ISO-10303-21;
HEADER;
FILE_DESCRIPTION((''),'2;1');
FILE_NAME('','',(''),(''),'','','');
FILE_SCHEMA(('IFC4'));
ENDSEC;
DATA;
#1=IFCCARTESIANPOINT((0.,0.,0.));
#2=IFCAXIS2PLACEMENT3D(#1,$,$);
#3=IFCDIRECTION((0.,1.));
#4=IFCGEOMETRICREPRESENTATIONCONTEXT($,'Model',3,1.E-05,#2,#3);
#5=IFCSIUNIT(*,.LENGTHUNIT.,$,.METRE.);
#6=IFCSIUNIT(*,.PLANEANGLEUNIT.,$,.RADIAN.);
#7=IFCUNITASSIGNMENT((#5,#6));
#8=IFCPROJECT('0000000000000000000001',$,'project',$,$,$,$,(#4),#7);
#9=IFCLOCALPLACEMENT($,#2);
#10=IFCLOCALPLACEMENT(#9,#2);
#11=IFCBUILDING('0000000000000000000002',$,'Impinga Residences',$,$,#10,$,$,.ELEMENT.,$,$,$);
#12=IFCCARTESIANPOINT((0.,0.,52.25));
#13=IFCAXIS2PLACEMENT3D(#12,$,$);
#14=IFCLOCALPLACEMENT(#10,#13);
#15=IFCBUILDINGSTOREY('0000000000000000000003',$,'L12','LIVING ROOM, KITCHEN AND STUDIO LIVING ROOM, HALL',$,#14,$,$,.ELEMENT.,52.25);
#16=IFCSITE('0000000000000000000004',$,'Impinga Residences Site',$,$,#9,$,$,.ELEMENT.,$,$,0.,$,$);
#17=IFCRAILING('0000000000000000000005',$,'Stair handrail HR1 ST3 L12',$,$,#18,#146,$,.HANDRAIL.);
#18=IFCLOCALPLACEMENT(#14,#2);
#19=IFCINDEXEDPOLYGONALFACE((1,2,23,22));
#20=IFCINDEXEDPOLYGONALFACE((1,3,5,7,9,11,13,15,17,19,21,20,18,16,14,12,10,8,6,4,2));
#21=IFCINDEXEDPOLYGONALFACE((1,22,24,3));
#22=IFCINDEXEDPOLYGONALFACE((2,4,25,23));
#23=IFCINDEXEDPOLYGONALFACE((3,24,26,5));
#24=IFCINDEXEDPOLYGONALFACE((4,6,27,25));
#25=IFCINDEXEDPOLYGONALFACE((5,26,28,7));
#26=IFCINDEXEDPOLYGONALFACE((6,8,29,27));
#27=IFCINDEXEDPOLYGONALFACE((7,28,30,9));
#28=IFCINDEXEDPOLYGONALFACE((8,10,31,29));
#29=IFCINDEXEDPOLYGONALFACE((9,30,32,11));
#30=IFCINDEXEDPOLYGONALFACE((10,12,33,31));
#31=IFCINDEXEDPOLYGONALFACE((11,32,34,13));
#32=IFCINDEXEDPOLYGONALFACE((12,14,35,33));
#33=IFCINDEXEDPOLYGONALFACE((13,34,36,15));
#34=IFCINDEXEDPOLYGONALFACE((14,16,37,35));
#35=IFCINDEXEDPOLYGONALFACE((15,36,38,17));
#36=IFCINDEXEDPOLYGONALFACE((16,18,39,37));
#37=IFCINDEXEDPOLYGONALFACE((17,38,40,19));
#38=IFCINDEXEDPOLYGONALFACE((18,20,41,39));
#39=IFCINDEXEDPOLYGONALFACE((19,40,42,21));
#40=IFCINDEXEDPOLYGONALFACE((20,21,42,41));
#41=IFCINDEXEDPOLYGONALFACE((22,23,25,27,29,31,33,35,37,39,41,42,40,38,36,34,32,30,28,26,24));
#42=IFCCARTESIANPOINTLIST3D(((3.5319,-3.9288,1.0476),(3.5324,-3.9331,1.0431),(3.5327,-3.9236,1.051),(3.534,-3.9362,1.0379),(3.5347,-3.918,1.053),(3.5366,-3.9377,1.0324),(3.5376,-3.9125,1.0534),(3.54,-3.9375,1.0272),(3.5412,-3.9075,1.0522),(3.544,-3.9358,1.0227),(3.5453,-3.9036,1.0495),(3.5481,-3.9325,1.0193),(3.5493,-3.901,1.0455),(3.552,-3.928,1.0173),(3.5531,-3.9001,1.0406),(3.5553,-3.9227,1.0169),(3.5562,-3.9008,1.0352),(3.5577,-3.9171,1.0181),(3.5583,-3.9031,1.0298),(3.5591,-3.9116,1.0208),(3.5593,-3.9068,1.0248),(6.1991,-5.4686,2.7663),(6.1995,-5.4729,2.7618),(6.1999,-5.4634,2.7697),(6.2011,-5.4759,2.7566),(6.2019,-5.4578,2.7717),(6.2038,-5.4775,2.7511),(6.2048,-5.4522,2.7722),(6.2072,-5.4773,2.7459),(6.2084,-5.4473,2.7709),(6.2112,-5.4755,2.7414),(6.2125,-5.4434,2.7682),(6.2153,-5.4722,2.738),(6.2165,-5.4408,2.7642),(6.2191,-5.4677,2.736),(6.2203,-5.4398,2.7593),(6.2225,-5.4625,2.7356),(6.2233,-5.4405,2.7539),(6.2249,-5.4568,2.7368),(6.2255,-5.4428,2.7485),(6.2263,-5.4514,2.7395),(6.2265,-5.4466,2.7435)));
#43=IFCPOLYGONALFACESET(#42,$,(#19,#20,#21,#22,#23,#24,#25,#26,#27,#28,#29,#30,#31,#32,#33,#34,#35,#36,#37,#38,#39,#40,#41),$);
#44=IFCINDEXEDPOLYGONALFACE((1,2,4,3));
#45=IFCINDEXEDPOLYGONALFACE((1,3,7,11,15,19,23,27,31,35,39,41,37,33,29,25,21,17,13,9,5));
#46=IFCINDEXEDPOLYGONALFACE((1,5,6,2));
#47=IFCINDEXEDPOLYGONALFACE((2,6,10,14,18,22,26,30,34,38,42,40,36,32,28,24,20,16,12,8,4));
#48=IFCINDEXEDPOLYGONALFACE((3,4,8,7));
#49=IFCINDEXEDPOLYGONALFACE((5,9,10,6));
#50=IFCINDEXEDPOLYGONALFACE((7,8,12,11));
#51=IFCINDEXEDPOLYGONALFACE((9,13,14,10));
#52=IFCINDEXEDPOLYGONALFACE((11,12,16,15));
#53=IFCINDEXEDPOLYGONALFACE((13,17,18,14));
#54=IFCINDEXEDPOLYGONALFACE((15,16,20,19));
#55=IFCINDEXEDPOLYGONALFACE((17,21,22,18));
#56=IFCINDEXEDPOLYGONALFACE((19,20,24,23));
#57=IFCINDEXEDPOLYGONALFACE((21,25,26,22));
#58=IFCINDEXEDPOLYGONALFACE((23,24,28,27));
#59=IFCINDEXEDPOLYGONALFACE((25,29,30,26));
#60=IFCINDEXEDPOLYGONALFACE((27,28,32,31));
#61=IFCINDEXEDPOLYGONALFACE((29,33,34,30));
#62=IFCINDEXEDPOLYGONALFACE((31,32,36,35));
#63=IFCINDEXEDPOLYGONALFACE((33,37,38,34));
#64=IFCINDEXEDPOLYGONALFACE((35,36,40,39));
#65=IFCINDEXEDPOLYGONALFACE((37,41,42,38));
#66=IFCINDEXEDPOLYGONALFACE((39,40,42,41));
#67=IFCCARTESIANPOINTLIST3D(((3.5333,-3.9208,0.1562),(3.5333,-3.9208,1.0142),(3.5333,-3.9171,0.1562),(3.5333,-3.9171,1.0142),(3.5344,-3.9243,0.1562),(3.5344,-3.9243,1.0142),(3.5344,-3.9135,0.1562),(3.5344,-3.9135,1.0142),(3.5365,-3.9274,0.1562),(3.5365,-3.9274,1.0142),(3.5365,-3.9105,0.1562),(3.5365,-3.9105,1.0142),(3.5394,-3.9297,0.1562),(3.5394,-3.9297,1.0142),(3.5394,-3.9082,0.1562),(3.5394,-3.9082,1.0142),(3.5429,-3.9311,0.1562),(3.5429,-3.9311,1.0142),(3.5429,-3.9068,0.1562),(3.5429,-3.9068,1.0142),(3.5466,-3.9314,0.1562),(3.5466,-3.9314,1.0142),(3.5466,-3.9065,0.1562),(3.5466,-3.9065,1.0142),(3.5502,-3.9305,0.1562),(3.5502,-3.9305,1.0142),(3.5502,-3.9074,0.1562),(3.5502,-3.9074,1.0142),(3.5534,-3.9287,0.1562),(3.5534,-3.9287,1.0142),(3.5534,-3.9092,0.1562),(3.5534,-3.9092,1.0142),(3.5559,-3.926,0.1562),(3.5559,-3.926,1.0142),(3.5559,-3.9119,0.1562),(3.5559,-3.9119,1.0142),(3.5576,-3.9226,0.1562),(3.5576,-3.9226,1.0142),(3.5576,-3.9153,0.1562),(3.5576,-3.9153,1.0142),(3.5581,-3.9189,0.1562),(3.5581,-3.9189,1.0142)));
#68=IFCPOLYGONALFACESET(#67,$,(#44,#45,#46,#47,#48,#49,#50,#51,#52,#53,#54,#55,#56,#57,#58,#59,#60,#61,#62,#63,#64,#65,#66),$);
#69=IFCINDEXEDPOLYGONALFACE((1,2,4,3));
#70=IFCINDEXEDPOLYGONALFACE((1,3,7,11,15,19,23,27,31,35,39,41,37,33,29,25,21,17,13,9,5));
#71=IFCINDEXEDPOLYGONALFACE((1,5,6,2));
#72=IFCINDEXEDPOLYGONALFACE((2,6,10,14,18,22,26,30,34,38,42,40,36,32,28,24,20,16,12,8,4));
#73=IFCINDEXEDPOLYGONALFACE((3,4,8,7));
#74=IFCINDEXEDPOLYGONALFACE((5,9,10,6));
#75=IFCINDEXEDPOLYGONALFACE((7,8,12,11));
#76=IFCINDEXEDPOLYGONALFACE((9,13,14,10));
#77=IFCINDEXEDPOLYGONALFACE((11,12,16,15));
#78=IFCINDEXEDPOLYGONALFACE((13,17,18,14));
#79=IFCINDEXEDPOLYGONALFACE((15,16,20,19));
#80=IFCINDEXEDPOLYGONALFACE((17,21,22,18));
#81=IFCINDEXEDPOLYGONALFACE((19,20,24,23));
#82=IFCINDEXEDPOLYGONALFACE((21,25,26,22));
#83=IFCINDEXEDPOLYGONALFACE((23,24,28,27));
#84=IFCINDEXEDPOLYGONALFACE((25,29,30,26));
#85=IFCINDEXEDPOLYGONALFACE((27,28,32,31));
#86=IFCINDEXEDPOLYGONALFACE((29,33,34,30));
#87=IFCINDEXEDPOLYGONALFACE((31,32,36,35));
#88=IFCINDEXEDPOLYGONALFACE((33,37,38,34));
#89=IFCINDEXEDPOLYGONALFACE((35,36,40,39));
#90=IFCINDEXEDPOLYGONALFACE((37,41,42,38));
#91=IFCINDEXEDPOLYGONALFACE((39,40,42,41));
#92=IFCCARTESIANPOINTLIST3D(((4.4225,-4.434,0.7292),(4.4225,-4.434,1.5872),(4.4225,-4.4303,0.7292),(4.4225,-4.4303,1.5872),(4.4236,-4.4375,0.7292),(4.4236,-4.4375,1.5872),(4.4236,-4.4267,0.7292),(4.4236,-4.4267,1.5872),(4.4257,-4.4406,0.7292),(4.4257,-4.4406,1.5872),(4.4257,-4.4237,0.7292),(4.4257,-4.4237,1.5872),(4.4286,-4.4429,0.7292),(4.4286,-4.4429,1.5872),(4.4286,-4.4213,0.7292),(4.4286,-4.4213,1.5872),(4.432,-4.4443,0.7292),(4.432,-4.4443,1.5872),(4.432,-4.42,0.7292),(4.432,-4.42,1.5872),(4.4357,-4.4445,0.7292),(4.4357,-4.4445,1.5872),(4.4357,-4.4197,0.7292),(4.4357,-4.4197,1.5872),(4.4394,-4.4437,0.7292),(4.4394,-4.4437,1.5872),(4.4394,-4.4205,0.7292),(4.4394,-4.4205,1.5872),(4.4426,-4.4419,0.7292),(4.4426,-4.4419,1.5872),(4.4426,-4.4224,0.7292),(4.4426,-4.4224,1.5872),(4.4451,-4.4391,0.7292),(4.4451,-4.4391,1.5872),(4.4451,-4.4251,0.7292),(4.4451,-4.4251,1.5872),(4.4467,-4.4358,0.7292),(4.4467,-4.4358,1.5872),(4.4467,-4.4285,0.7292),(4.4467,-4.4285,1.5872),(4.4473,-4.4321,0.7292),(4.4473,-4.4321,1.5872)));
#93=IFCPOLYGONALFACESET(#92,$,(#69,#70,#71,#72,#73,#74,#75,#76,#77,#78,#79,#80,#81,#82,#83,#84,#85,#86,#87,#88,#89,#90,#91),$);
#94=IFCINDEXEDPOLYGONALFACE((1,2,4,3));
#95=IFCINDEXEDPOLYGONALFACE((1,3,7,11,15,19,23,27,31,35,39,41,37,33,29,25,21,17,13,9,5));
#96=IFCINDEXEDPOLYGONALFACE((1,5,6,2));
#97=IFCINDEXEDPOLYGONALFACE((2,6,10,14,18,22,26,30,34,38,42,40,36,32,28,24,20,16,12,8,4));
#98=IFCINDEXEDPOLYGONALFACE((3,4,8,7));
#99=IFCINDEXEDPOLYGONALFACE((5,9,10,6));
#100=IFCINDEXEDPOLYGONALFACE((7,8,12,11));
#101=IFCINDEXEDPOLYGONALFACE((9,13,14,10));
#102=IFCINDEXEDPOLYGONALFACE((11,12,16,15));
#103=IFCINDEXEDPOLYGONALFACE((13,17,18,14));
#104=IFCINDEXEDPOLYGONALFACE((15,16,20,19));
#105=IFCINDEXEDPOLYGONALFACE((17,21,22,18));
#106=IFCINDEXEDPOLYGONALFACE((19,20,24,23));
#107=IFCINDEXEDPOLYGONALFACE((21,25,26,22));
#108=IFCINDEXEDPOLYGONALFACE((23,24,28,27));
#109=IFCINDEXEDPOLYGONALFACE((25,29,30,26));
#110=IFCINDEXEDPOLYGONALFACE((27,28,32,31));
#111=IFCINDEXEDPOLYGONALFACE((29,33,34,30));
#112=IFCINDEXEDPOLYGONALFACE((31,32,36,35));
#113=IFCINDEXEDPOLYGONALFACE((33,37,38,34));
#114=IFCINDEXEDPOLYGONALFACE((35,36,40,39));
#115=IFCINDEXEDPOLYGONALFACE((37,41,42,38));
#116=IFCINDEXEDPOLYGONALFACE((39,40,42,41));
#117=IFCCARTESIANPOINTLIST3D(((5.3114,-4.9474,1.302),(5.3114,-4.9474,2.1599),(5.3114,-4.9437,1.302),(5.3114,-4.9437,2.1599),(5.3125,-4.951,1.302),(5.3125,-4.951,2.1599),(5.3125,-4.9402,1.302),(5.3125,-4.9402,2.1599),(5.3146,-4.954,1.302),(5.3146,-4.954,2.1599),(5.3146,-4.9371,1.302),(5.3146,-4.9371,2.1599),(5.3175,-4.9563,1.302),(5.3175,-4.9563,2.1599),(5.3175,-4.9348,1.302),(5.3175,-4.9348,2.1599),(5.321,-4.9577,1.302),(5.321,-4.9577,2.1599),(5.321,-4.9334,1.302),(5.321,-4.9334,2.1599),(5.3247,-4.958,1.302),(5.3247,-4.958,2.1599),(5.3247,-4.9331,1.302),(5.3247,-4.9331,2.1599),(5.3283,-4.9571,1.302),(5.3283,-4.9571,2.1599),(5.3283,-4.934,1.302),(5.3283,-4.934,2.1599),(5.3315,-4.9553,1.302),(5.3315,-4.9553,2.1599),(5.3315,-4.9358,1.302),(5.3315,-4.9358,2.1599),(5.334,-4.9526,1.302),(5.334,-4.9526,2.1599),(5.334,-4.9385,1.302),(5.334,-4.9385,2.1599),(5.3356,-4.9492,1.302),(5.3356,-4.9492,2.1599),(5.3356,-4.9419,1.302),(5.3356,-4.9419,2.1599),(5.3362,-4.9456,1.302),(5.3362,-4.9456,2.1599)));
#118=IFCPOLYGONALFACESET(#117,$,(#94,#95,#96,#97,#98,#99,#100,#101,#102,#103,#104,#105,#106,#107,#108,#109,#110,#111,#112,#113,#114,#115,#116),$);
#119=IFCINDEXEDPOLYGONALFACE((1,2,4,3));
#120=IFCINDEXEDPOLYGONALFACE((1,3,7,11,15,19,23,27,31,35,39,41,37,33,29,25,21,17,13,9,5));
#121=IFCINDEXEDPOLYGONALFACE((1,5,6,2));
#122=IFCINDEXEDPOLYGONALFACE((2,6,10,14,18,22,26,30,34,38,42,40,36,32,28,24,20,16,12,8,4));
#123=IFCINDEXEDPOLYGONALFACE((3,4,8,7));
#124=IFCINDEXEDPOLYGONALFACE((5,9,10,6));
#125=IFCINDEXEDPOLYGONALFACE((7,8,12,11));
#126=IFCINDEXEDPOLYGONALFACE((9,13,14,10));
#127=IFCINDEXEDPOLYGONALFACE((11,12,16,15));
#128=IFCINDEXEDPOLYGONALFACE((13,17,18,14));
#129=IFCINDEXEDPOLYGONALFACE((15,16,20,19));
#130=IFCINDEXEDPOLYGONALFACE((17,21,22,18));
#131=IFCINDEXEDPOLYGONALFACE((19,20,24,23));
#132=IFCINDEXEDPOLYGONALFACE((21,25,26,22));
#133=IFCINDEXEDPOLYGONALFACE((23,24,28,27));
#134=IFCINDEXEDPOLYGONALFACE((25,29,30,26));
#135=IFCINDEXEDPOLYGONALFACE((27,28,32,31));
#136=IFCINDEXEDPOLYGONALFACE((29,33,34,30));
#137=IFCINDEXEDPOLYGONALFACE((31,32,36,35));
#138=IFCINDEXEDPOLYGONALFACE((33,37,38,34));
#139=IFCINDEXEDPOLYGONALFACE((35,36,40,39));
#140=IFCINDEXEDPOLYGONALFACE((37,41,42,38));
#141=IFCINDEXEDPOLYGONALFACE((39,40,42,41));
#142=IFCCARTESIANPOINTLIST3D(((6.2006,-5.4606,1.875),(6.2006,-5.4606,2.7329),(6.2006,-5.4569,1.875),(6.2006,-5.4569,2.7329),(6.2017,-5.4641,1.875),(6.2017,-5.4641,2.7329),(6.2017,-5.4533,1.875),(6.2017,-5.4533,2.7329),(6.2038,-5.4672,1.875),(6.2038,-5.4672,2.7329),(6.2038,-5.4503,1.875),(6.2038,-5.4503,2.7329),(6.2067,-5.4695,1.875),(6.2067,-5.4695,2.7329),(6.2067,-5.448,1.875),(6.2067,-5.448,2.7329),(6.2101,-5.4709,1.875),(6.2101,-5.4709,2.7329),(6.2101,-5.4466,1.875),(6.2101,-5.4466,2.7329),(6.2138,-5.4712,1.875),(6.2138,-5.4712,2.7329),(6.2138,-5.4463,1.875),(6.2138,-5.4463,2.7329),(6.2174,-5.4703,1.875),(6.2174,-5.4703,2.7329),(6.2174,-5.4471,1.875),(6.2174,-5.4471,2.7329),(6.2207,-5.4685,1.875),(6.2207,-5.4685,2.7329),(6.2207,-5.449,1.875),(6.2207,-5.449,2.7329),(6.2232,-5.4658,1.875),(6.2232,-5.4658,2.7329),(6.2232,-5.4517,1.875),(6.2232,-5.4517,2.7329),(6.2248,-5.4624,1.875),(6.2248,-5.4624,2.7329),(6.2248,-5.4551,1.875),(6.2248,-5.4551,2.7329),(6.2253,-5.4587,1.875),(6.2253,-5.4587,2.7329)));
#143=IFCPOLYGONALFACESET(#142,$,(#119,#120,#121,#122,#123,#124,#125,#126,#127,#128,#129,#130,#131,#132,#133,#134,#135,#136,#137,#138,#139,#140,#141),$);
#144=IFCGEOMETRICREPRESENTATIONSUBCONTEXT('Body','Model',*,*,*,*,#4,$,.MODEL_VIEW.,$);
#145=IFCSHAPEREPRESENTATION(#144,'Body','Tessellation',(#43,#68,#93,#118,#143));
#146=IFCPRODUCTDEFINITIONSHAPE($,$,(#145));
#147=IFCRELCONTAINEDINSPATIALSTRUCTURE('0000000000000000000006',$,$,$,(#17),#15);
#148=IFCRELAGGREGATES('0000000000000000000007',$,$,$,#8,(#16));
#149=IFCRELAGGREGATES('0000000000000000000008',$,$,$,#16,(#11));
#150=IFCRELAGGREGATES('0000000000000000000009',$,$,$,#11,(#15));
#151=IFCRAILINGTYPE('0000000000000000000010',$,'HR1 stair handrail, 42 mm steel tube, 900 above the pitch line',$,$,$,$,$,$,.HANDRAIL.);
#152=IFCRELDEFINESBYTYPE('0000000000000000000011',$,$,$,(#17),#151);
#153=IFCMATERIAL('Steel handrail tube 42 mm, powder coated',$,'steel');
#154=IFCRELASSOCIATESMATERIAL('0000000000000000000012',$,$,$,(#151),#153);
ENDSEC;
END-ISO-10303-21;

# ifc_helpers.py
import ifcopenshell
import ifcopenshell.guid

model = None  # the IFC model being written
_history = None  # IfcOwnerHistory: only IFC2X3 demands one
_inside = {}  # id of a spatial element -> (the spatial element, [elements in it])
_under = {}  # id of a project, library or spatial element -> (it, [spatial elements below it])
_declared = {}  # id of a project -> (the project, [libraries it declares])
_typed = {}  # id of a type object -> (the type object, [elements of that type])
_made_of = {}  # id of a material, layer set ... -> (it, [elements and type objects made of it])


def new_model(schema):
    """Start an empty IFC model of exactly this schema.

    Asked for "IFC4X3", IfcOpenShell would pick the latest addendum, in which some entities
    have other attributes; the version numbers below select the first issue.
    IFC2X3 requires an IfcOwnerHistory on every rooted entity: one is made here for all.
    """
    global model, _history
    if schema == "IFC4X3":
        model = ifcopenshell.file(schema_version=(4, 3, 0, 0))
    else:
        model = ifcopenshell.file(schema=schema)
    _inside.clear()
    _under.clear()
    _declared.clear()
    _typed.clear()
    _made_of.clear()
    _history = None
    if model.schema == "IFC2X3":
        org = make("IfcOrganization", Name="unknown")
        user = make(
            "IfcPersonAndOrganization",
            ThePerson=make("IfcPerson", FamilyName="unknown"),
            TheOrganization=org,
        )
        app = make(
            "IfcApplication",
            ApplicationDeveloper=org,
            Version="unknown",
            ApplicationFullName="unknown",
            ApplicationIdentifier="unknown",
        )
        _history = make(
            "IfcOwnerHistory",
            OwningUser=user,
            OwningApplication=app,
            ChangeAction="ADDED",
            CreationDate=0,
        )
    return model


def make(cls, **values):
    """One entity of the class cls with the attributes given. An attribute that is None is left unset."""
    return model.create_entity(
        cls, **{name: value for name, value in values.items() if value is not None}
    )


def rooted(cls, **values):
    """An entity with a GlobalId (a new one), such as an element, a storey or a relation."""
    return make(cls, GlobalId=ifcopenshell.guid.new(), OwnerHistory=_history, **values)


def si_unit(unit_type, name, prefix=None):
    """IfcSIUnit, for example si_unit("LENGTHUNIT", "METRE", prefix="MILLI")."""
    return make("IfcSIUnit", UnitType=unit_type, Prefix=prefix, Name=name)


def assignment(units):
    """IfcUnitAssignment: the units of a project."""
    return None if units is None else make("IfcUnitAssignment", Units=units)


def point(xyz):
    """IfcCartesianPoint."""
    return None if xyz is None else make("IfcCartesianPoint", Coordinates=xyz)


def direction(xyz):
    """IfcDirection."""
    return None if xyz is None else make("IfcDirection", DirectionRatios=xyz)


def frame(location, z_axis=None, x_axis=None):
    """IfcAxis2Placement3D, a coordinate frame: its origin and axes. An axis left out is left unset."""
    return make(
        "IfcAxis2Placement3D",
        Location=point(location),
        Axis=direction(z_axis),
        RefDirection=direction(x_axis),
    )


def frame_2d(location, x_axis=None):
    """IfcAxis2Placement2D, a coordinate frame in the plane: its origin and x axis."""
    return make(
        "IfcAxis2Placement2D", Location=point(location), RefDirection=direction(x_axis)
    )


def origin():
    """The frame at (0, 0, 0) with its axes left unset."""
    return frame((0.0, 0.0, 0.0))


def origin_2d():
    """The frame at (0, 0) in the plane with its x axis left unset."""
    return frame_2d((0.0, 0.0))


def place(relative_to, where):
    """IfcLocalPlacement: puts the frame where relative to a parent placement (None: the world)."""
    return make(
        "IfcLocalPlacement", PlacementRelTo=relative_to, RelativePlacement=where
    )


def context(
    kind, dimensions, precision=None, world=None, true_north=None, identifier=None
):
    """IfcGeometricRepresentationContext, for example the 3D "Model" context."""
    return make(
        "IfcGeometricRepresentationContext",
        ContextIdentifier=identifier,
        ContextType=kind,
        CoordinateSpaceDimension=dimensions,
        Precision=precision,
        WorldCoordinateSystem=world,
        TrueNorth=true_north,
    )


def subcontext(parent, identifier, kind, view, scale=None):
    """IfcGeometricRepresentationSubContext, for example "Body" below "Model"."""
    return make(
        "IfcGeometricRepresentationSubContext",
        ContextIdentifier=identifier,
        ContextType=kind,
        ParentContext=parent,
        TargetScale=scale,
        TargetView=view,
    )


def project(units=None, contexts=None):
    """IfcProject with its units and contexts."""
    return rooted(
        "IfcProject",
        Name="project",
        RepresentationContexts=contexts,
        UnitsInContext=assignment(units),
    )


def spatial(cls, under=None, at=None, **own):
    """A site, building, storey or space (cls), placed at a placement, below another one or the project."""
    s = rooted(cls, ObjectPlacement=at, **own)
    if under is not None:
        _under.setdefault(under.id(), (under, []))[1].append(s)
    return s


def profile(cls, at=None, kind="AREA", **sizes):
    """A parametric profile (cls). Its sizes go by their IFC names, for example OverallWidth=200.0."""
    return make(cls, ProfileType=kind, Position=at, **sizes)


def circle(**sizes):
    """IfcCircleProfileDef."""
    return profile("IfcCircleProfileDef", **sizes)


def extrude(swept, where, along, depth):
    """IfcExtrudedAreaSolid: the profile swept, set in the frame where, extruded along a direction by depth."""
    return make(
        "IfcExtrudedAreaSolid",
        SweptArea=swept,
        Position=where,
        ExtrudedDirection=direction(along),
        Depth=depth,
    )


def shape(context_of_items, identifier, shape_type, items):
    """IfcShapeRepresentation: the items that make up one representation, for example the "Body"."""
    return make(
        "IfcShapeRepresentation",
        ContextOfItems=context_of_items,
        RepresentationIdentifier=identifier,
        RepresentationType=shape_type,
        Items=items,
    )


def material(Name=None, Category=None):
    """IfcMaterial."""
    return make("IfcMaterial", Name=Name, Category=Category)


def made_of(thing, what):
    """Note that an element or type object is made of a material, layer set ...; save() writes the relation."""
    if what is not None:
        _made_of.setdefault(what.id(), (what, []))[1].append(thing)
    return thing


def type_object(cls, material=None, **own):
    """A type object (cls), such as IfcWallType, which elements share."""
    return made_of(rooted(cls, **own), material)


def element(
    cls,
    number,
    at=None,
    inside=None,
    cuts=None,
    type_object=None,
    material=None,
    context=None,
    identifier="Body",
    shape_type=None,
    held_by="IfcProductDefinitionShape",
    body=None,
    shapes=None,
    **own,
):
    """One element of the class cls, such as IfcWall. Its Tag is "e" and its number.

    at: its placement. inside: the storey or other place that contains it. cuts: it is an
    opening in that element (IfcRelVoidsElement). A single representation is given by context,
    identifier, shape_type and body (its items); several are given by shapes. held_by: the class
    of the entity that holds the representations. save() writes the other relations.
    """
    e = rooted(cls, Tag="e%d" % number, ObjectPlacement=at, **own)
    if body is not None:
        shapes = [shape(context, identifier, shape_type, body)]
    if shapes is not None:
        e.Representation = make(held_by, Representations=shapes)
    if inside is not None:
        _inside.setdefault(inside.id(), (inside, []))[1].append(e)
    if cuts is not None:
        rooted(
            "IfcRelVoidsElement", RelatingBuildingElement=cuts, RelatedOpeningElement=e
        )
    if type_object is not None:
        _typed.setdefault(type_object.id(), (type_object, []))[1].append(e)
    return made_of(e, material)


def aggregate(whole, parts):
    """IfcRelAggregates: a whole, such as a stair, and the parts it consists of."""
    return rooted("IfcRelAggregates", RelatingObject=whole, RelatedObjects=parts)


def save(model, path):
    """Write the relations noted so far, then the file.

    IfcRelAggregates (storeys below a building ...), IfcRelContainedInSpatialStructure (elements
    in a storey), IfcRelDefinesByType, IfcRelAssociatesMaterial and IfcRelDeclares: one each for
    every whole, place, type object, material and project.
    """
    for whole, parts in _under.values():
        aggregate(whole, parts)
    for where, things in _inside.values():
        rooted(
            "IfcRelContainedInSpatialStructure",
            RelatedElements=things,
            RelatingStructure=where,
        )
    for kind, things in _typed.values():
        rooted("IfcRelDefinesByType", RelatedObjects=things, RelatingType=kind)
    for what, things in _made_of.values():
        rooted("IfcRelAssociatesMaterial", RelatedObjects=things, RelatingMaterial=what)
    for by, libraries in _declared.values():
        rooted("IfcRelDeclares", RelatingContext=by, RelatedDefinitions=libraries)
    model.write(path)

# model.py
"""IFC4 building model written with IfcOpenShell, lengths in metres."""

from ifc_helpers import new_model, si_unit, direction, frame, origin, origin_2d, place, context, subcontext, project, spatial, circle, extrude, material, type_object, element, save


model = new_model("IFC4")

# Units and contexts
model_context = context("Model", 3, precision=1e-05, world=origin(), true_north=direction((0.0, 1.0)))
body_context = subcontext(model_context, "Body", "Model", "MODEL_VIEW")
ifc_project = project(units=[si_unit("LENGTHUNIT", "METRE"), si_unit("PLANEANGLEUNIT", "RADIAN")], contexts=[model_context])

# Site, building, storey
site_placement = place(None, origin())
site = spatial("IfcSite", under=ifc_project, at=site_placement, Name="Impinga Residences Site", CompositionType="ELEMENT", RefElevation=0.0)
building_placement = place(site_placement, origin())
building = spatial("IfcBuilding", under=site, at=building_placement, Name="Impinga Residences", CompositionType="ELEMENT")
storey_placement = place(building_placement, frame((0.0, 0.0, 52.25)))
storey = spatial("IfcBuildingStorey", under=building, at=storey_placement, Name="L12", Description="LIVING ROOM, KITCHEN AND STUDIO LIVING ROOM, HALL", CompositionType="ELEMENT", Elevation=52.25)

# Railing
ifc_material_1 = material(Name="Steel handrail tube 42 mm, powder coated", Category="steel")
railing_type = type_object("IfcRailingType", Name="HR1 stair handrail, 42 mm steel tube, 900 above the pitch line", PredefinedType="HANDRAIL", material=ifc_material_1)
railing_placement = place(storey_placement, frame((3.5457, -3.9189, 0.1562)))
element("IfcRailing", 1, at=railing_placement, inside=storey, type_object=railing_type, Name="Stair handrail HR1 ST3 L12", PredefinedType="HANDRAIL", context=body_context, shape_type="SweptSolid", body=[
    extrude(circle(Radius=0.021, at=origin_2d()), frame((0.0, 0.0, 0.8789), z_axis=(0.756249, -0.436582, 0.487322), x_axis=(0.499967, 0.866044, 0.0)), (0.0, 0.0, 1.0), 3.5269),
    extrude(circle(Radius=0.0125, at=origin_2d()), origin(), (0.0, 0.0, 1.0), 0.8579),
    extrude(circle(Radius=0.0125, at=origin_2d()), frame((0.8892, -0.5132, 0.573)), (0.0, 0.0, 1.0), 0.8579),
    extrude(circle(Radius=0.0125, at=origin_2d()), frame((1.7781, -1.0266, 1.1458)), (0.0, 0.0, 1.0), 0.8579),
    extrude(circle(Radius=0.0125, at=origin_2d()), frame((2.6672, -1.5398, 1.7188)), (0.0, 0.0, 1.0), 0.8579),
])

save(model, "model.ifc")
